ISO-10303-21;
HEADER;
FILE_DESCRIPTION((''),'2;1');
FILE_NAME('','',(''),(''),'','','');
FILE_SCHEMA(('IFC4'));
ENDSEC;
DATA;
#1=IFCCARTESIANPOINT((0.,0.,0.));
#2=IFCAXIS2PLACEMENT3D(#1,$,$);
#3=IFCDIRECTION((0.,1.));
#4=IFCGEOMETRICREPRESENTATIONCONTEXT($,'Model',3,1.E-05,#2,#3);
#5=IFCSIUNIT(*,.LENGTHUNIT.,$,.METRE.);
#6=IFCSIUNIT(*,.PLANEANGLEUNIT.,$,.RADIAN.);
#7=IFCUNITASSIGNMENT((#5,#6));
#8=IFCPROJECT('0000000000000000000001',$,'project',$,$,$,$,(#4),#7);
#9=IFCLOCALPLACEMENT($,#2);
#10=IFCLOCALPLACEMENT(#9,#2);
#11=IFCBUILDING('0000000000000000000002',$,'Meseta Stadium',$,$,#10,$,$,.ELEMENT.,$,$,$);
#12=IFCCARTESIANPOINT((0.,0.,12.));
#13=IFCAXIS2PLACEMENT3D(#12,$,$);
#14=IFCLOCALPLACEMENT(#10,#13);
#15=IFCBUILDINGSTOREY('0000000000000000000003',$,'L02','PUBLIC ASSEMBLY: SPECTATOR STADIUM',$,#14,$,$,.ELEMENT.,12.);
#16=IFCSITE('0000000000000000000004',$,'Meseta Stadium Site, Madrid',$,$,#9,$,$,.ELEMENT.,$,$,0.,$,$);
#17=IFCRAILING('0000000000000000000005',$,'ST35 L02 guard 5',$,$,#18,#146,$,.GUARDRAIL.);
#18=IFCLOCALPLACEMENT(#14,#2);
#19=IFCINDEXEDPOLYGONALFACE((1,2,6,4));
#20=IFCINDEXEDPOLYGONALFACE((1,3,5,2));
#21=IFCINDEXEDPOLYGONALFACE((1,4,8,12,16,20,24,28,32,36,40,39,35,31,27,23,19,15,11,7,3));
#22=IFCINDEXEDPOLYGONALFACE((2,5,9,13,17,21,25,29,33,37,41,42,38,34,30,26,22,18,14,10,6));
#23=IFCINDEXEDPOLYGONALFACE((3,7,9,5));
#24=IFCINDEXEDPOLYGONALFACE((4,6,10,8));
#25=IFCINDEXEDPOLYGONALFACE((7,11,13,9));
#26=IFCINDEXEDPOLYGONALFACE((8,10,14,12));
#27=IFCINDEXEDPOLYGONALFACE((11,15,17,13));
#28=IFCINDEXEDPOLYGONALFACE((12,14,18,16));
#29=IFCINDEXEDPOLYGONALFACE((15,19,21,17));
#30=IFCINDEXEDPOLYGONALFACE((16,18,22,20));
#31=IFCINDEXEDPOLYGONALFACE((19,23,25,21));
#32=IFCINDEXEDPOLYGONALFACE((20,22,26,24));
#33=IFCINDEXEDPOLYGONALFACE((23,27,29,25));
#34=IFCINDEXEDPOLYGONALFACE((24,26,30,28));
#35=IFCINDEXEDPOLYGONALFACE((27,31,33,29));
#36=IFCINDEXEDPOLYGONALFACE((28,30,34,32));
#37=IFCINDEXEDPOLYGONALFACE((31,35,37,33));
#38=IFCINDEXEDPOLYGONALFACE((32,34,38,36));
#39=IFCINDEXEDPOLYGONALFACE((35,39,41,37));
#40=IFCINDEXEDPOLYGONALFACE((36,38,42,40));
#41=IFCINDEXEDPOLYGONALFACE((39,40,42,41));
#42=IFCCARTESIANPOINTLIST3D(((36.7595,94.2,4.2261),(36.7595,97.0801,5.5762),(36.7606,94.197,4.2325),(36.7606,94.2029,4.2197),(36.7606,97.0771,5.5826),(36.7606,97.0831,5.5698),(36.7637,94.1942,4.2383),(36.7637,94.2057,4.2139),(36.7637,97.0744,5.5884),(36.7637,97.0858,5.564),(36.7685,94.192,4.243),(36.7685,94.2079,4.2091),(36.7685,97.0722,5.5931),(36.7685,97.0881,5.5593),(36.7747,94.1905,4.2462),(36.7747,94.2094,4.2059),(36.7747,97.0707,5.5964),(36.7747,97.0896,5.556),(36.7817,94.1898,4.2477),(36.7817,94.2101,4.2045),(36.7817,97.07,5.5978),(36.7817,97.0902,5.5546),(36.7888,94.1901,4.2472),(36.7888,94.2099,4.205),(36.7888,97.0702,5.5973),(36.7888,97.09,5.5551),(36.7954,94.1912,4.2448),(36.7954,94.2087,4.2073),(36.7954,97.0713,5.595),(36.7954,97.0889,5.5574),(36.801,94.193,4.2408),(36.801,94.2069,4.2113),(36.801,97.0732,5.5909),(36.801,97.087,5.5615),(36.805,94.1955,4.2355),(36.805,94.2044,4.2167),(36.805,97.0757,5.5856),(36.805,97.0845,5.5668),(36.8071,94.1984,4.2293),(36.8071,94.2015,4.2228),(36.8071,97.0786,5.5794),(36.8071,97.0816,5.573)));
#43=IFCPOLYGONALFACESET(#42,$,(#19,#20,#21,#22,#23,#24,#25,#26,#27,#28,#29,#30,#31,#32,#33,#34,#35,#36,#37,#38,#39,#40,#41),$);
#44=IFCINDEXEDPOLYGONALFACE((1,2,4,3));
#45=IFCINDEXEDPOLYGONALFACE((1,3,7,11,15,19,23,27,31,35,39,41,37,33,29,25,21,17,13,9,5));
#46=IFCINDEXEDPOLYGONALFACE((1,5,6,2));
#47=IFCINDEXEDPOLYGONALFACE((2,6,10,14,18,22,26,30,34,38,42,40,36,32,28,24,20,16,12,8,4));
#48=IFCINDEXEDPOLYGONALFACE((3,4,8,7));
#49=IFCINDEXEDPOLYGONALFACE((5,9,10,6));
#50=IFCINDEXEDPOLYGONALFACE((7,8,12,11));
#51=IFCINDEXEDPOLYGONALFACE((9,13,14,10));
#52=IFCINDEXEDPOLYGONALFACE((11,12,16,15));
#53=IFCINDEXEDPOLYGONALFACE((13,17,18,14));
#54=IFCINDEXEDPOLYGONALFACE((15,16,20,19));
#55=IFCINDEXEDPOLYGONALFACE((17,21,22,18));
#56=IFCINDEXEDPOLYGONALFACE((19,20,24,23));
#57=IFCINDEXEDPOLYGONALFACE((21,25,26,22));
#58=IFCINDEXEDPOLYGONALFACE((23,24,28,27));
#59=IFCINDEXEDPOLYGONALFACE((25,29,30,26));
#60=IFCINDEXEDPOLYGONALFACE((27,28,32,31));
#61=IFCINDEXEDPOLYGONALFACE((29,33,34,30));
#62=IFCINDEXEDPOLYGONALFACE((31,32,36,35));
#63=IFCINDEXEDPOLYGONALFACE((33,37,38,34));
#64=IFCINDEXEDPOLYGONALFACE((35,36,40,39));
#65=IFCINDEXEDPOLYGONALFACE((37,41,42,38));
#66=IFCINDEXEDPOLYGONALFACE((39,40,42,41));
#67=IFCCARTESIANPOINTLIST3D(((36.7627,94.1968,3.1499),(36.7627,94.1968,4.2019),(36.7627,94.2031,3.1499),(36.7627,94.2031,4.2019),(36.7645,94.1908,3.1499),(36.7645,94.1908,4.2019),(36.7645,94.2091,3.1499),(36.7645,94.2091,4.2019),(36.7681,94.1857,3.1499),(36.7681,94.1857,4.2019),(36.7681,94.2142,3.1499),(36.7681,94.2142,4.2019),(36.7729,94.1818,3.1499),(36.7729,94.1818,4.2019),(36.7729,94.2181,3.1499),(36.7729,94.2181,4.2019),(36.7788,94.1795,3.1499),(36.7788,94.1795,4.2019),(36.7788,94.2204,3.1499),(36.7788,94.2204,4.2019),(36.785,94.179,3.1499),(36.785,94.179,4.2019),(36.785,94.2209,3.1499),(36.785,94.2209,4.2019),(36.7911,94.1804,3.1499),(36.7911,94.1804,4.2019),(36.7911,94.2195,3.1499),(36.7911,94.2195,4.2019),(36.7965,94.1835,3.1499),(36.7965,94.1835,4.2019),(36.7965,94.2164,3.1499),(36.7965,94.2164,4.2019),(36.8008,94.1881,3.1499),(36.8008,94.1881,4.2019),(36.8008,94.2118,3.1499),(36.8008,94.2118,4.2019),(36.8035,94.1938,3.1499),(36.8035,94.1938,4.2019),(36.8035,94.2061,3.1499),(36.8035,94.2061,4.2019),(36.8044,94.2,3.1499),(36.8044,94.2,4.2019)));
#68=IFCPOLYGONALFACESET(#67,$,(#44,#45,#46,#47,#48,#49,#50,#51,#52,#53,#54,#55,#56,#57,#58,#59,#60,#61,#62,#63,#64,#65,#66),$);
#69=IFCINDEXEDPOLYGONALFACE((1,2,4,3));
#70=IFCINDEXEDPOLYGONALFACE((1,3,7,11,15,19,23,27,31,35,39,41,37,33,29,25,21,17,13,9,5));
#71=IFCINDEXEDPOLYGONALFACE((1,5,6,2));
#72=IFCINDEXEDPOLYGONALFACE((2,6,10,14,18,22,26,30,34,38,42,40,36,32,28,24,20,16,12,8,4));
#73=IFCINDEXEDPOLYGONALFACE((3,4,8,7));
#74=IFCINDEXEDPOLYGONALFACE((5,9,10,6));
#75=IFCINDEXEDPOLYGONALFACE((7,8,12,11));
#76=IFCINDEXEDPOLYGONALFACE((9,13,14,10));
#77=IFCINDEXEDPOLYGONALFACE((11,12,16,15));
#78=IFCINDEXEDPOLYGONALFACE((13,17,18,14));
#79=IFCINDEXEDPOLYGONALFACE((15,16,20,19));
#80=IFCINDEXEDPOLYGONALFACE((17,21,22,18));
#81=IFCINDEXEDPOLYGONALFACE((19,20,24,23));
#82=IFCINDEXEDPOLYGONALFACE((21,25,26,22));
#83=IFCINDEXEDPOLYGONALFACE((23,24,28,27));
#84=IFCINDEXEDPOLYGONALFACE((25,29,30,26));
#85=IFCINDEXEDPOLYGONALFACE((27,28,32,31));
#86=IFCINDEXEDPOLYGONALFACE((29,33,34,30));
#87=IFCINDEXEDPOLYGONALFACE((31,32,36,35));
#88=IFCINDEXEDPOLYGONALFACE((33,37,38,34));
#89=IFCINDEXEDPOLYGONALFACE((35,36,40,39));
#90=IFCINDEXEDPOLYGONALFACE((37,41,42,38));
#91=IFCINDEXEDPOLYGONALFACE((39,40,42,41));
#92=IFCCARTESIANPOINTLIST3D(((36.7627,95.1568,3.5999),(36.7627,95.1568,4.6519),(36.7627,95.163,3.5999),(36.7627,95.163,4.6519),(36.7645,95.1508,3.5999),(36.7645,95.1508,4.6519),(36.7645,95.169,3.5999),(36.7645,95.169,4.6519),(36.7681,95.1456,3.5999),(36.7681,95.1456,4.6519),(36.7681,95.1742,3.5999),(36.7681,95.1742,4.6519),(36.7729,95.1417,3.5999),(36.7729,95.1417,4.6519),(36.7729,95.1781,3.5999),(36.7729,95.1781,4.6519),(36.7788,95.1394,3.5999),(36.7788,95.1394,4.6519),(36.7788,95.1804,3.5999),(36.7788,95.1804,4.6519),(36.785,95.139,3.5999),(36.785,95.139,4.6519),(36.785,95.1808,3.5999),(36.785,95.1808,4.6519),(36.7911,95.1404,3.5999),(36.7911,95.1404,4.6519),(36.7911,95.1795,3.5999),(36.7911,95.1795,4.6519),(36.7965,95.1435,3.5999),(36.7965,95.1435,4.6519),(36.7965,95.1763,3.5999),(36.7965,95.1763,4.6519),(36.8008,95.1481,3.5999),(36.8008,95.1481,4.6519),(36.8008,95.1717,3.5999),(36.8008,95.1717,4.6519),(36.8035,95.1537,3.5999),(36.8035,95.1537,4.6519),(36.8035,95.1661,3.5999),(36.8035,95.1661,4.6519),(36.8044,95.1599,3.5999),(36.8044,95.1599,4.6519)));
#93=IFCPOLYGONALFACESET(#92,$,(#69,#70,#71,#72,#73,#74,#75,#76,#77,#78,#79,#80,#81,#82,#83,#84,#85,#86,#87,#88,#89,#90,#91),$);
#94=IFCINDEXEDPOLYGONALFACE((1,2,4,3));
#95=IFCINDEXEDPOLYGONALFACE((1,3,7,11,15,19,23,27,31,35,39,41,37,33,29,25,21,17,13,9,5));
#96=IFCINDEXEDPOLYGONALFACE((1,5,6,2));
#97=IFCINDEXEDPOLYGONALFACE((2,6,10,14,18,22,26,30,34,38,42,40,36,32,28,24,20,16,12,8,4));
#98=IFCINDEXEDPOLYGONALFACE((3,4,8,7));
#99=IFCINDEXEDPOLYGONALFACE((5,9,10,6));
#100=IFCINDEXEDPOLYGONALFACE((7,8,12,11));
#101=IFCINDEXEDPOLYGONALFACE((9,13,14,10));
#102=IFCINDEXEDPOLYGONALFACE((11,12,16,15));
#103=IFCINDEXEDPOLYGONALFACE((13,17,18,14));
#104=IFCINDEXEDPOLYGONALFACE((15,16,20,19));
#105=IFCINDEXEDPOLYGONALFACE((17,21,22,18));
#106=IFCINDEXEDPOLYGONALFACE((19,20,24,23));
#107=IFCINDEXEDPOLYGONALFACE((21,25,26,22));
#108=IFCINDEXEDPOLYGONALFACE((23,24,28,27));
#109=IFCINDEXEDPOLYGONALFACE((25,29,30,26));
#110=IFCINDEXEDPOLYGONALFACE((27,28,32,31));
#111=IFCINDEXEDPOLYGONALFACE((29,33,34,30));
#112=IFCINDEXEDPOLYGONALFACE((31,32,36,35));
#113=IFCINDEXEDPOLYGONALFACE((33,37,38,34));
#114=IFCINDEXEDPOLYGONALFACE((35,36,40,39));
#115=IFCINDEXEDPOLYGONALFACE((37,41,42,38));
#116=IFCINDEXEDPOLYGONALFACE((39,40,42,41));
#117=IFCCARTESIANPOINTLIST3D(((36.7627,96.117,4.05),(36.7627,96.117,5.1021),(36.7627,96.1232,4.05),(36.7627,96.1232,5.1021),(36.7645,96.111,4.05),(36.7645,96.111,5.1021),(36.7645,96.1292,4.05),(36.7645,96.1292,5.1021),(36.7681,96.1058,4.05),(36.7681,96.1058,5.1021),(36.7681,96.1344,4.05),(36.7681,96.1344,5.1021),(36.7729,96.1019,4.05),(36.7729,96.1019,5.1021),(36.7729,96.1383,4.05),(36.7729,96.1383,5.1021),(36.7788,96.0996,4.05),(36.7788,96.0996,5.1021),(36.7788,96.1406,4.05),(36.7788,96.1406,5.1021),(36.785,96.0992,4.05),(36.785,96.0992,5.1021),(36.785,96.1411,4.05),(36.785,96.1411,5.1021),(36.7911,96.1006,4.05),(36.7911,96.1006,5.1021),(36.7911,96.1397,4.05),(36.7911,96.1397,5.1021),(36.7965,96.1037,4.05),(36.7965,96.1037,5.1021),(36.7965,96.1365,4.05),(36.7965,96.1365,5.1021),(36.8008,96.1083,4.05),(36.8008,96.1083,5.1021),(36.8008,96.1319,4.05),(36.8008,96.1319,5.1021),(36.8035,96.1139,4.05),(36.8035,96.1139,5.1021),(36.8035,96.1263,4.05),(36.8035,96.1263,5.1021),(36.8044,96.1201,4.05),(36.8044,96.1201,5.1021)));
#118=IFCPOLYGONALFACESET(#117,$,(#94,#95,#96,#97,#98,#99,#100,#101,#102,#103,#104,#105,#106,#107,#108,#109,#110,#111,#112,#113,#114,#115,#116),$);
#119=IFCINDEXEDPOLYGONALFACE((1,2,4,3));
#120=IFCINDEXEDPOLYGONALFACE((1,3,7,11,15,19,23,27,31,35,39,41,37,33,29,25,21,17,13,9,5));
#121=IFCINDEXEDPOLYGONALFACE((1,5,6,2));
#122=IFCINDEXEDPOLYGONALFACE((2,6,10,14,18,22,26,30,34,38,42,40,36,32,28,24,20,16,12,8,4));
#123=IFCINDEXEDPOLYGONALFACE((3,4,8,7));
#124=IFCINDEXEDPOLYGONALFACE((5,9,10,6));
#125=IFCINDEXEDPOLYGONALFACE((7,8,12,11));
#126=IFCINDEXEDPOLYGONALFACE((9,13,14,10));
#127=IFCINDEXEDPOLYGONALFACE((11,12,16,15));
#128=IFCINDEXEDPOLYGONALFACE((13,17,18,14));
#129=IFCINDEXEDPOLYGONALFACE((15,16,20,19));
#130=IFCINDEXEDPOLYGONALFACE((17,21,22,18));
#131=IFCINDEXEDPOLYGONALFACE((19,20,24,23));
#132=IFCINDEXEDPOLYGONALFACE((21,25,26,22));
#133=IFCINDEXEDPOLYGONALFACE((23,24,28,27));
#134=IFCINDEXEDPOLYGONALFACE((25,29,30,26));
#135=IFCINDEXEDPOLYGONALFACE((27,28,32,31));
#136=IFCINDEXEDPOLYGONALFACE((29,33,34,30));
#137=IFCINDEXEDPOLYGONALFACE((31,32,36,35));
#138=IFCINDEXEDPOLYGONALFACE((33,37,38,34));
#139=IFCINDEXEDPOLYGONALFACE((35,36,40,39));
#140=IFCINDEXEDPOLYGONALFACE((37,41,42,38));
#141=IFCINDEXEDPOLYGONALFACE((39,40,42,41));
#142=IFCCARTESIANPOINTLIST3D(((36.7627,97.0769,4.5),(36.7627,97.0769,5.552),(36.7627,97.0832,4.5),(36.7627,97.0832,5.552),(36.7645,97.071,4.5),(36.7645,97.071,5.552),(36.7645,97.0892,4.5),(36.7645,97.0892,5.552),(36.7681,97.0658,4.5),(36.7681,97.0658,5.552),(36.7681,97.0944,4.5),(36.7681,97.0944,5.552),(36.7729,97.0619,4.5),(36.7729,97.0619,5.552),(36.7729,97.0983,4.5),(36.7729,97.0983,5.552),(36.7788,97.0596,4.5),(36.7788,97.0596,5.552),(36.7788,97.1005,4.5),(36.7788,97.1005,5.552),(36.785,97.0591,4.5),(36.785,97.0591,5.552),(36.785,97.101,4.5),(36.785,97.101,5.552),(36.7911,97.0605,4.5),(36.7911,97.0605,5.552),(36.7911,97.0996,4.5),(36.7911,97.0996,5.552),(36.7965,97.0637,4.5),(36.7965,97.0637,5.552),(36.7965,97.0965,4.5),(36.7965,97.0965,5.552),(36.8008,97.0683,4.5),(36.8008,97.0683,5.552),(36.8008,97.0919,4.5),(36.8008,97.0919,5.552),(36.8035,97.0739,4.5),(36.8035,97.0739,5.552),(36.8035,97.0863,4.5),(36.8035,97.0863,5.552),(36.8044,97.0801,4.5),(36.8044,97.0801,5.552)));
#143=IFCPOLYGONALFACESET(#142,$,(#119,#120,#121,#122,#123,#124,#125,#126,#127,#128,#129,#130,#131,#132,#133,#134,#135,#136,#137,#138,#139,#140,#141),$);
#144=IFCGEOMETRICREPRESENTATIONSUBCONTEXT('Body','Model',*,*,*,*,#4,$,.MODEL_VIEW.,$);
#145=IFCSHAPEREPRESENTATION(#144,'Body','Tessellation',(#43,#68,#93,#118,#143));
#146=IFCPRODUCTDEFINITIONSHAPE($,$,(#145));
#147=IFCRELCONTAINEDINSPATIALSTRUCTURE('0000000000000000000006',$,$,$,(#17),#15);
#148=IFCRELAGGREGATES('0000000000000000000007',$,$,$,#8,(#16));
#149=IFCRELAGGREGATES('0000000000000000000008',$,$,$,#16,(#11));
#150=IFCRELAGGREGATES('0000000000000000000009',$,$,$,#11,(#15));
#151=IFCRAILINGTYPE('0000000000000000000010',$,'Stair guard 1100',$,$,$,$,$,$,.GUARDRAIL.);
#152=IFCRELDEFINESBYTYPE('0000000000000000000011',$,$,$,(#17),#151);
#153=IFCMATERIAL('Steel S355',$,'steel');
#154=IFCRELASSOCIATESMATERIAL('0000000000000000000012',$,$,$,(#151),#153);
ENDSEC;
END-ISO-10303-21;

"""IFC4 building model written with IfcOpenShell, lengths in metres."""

from ifc_helpers import new_model, si_unit, direction, frame, origin, origin_2d, place, context, subcontext, project, spatial, circle, extrude, material, type_object, element, save


model = new_model("IFC4")

# Units and contexts
model_context = context("Model", 3, precision=1e-05, world=origin(), true_north=direction((0.0, 1.0)))
body_context = subcontext(model_context, "Body", "Model", "MODEL_VIEW")
ifc_project = project(units=[si_unit("LENGTHUNIT", "METRE"), si_unit("PLANEANGLEUNIT", "RADIAN")], contexts=[model_context])

# Site, building, storey
site_placement = place(None, origin())
site = spatial("IfcSite", under=ifc_project, at=site_placement, Name="Meseta Stadium Site, Madrid", CompositionType="ELEMENT", RefElevation=0.0)
building_placement = place(site_placement, origin())
building = spatial("IfcBuilding", under=site, at=building_placement, Name="Meseta Stadium", CompositionType="ELEMENT")
storey_placement = place(building_placement, frame((0.0, 0.0, 12.0)))
storey = spatial("IfcBuildingStorey", under=building, at=storey_placement, Name="L02", Description="PUBLIC ASSEMBLY: SPECTATOR STADIUM", CompositionType="ELEMENT", Elevation=12.0)

# Railing
ifc_material_1 = material(Name="Steel S355", Category="steel")
railing_type_1 = type_object("IfcRailingType", Name="Stair guard 1100", PredefinedType="GUARDRAIL", material=ifc_material_1)
railing_1_placement = place(storey_placement, frame((36.7834, 94.2, 3.1499)))
element("IfcRailing", 1, at=railing_1_placement, inside=storey, type_object=railing_type_1, Name="ST35 L02 guard 5", PredefinedType="GUARDRAIL", context=body_context, shape_type="SweptSolid", body=[
    extrude(circle(Radius=0.0239, at=origin_2d()), frame((0.0, 0.0, 1.0762), z_axis=(0.0, 0.905454, 0.424444), x_axis=(-1.0, 0.0, 0.0)), (0.0, 0.0, 1.0), 3.1809),
    extrude(circle(Radius=0.021, at=origin_2d()), origin(), (0.0, 0.0, 1.0), 1.052),
    extrude(circle(Radius=0.021, at=origin_2d()), frame((0.0, 0.96, 0.45)), (0.0, 0.0, 1.0), 1.052),
    extrude(circle(Radius=0.021, at=origin_2d()), frame((0.0, 1.9202, 0.9001)), (0.0, 0.0, 1.0), 1.052),
    extrude(circle(Radius=0.021, at=origin_2d()), frame((0.0, 2.8801, 1.3501)), (0.0, 0.0, 1.0), 1.052),
])

save(model, "model.ifc")
